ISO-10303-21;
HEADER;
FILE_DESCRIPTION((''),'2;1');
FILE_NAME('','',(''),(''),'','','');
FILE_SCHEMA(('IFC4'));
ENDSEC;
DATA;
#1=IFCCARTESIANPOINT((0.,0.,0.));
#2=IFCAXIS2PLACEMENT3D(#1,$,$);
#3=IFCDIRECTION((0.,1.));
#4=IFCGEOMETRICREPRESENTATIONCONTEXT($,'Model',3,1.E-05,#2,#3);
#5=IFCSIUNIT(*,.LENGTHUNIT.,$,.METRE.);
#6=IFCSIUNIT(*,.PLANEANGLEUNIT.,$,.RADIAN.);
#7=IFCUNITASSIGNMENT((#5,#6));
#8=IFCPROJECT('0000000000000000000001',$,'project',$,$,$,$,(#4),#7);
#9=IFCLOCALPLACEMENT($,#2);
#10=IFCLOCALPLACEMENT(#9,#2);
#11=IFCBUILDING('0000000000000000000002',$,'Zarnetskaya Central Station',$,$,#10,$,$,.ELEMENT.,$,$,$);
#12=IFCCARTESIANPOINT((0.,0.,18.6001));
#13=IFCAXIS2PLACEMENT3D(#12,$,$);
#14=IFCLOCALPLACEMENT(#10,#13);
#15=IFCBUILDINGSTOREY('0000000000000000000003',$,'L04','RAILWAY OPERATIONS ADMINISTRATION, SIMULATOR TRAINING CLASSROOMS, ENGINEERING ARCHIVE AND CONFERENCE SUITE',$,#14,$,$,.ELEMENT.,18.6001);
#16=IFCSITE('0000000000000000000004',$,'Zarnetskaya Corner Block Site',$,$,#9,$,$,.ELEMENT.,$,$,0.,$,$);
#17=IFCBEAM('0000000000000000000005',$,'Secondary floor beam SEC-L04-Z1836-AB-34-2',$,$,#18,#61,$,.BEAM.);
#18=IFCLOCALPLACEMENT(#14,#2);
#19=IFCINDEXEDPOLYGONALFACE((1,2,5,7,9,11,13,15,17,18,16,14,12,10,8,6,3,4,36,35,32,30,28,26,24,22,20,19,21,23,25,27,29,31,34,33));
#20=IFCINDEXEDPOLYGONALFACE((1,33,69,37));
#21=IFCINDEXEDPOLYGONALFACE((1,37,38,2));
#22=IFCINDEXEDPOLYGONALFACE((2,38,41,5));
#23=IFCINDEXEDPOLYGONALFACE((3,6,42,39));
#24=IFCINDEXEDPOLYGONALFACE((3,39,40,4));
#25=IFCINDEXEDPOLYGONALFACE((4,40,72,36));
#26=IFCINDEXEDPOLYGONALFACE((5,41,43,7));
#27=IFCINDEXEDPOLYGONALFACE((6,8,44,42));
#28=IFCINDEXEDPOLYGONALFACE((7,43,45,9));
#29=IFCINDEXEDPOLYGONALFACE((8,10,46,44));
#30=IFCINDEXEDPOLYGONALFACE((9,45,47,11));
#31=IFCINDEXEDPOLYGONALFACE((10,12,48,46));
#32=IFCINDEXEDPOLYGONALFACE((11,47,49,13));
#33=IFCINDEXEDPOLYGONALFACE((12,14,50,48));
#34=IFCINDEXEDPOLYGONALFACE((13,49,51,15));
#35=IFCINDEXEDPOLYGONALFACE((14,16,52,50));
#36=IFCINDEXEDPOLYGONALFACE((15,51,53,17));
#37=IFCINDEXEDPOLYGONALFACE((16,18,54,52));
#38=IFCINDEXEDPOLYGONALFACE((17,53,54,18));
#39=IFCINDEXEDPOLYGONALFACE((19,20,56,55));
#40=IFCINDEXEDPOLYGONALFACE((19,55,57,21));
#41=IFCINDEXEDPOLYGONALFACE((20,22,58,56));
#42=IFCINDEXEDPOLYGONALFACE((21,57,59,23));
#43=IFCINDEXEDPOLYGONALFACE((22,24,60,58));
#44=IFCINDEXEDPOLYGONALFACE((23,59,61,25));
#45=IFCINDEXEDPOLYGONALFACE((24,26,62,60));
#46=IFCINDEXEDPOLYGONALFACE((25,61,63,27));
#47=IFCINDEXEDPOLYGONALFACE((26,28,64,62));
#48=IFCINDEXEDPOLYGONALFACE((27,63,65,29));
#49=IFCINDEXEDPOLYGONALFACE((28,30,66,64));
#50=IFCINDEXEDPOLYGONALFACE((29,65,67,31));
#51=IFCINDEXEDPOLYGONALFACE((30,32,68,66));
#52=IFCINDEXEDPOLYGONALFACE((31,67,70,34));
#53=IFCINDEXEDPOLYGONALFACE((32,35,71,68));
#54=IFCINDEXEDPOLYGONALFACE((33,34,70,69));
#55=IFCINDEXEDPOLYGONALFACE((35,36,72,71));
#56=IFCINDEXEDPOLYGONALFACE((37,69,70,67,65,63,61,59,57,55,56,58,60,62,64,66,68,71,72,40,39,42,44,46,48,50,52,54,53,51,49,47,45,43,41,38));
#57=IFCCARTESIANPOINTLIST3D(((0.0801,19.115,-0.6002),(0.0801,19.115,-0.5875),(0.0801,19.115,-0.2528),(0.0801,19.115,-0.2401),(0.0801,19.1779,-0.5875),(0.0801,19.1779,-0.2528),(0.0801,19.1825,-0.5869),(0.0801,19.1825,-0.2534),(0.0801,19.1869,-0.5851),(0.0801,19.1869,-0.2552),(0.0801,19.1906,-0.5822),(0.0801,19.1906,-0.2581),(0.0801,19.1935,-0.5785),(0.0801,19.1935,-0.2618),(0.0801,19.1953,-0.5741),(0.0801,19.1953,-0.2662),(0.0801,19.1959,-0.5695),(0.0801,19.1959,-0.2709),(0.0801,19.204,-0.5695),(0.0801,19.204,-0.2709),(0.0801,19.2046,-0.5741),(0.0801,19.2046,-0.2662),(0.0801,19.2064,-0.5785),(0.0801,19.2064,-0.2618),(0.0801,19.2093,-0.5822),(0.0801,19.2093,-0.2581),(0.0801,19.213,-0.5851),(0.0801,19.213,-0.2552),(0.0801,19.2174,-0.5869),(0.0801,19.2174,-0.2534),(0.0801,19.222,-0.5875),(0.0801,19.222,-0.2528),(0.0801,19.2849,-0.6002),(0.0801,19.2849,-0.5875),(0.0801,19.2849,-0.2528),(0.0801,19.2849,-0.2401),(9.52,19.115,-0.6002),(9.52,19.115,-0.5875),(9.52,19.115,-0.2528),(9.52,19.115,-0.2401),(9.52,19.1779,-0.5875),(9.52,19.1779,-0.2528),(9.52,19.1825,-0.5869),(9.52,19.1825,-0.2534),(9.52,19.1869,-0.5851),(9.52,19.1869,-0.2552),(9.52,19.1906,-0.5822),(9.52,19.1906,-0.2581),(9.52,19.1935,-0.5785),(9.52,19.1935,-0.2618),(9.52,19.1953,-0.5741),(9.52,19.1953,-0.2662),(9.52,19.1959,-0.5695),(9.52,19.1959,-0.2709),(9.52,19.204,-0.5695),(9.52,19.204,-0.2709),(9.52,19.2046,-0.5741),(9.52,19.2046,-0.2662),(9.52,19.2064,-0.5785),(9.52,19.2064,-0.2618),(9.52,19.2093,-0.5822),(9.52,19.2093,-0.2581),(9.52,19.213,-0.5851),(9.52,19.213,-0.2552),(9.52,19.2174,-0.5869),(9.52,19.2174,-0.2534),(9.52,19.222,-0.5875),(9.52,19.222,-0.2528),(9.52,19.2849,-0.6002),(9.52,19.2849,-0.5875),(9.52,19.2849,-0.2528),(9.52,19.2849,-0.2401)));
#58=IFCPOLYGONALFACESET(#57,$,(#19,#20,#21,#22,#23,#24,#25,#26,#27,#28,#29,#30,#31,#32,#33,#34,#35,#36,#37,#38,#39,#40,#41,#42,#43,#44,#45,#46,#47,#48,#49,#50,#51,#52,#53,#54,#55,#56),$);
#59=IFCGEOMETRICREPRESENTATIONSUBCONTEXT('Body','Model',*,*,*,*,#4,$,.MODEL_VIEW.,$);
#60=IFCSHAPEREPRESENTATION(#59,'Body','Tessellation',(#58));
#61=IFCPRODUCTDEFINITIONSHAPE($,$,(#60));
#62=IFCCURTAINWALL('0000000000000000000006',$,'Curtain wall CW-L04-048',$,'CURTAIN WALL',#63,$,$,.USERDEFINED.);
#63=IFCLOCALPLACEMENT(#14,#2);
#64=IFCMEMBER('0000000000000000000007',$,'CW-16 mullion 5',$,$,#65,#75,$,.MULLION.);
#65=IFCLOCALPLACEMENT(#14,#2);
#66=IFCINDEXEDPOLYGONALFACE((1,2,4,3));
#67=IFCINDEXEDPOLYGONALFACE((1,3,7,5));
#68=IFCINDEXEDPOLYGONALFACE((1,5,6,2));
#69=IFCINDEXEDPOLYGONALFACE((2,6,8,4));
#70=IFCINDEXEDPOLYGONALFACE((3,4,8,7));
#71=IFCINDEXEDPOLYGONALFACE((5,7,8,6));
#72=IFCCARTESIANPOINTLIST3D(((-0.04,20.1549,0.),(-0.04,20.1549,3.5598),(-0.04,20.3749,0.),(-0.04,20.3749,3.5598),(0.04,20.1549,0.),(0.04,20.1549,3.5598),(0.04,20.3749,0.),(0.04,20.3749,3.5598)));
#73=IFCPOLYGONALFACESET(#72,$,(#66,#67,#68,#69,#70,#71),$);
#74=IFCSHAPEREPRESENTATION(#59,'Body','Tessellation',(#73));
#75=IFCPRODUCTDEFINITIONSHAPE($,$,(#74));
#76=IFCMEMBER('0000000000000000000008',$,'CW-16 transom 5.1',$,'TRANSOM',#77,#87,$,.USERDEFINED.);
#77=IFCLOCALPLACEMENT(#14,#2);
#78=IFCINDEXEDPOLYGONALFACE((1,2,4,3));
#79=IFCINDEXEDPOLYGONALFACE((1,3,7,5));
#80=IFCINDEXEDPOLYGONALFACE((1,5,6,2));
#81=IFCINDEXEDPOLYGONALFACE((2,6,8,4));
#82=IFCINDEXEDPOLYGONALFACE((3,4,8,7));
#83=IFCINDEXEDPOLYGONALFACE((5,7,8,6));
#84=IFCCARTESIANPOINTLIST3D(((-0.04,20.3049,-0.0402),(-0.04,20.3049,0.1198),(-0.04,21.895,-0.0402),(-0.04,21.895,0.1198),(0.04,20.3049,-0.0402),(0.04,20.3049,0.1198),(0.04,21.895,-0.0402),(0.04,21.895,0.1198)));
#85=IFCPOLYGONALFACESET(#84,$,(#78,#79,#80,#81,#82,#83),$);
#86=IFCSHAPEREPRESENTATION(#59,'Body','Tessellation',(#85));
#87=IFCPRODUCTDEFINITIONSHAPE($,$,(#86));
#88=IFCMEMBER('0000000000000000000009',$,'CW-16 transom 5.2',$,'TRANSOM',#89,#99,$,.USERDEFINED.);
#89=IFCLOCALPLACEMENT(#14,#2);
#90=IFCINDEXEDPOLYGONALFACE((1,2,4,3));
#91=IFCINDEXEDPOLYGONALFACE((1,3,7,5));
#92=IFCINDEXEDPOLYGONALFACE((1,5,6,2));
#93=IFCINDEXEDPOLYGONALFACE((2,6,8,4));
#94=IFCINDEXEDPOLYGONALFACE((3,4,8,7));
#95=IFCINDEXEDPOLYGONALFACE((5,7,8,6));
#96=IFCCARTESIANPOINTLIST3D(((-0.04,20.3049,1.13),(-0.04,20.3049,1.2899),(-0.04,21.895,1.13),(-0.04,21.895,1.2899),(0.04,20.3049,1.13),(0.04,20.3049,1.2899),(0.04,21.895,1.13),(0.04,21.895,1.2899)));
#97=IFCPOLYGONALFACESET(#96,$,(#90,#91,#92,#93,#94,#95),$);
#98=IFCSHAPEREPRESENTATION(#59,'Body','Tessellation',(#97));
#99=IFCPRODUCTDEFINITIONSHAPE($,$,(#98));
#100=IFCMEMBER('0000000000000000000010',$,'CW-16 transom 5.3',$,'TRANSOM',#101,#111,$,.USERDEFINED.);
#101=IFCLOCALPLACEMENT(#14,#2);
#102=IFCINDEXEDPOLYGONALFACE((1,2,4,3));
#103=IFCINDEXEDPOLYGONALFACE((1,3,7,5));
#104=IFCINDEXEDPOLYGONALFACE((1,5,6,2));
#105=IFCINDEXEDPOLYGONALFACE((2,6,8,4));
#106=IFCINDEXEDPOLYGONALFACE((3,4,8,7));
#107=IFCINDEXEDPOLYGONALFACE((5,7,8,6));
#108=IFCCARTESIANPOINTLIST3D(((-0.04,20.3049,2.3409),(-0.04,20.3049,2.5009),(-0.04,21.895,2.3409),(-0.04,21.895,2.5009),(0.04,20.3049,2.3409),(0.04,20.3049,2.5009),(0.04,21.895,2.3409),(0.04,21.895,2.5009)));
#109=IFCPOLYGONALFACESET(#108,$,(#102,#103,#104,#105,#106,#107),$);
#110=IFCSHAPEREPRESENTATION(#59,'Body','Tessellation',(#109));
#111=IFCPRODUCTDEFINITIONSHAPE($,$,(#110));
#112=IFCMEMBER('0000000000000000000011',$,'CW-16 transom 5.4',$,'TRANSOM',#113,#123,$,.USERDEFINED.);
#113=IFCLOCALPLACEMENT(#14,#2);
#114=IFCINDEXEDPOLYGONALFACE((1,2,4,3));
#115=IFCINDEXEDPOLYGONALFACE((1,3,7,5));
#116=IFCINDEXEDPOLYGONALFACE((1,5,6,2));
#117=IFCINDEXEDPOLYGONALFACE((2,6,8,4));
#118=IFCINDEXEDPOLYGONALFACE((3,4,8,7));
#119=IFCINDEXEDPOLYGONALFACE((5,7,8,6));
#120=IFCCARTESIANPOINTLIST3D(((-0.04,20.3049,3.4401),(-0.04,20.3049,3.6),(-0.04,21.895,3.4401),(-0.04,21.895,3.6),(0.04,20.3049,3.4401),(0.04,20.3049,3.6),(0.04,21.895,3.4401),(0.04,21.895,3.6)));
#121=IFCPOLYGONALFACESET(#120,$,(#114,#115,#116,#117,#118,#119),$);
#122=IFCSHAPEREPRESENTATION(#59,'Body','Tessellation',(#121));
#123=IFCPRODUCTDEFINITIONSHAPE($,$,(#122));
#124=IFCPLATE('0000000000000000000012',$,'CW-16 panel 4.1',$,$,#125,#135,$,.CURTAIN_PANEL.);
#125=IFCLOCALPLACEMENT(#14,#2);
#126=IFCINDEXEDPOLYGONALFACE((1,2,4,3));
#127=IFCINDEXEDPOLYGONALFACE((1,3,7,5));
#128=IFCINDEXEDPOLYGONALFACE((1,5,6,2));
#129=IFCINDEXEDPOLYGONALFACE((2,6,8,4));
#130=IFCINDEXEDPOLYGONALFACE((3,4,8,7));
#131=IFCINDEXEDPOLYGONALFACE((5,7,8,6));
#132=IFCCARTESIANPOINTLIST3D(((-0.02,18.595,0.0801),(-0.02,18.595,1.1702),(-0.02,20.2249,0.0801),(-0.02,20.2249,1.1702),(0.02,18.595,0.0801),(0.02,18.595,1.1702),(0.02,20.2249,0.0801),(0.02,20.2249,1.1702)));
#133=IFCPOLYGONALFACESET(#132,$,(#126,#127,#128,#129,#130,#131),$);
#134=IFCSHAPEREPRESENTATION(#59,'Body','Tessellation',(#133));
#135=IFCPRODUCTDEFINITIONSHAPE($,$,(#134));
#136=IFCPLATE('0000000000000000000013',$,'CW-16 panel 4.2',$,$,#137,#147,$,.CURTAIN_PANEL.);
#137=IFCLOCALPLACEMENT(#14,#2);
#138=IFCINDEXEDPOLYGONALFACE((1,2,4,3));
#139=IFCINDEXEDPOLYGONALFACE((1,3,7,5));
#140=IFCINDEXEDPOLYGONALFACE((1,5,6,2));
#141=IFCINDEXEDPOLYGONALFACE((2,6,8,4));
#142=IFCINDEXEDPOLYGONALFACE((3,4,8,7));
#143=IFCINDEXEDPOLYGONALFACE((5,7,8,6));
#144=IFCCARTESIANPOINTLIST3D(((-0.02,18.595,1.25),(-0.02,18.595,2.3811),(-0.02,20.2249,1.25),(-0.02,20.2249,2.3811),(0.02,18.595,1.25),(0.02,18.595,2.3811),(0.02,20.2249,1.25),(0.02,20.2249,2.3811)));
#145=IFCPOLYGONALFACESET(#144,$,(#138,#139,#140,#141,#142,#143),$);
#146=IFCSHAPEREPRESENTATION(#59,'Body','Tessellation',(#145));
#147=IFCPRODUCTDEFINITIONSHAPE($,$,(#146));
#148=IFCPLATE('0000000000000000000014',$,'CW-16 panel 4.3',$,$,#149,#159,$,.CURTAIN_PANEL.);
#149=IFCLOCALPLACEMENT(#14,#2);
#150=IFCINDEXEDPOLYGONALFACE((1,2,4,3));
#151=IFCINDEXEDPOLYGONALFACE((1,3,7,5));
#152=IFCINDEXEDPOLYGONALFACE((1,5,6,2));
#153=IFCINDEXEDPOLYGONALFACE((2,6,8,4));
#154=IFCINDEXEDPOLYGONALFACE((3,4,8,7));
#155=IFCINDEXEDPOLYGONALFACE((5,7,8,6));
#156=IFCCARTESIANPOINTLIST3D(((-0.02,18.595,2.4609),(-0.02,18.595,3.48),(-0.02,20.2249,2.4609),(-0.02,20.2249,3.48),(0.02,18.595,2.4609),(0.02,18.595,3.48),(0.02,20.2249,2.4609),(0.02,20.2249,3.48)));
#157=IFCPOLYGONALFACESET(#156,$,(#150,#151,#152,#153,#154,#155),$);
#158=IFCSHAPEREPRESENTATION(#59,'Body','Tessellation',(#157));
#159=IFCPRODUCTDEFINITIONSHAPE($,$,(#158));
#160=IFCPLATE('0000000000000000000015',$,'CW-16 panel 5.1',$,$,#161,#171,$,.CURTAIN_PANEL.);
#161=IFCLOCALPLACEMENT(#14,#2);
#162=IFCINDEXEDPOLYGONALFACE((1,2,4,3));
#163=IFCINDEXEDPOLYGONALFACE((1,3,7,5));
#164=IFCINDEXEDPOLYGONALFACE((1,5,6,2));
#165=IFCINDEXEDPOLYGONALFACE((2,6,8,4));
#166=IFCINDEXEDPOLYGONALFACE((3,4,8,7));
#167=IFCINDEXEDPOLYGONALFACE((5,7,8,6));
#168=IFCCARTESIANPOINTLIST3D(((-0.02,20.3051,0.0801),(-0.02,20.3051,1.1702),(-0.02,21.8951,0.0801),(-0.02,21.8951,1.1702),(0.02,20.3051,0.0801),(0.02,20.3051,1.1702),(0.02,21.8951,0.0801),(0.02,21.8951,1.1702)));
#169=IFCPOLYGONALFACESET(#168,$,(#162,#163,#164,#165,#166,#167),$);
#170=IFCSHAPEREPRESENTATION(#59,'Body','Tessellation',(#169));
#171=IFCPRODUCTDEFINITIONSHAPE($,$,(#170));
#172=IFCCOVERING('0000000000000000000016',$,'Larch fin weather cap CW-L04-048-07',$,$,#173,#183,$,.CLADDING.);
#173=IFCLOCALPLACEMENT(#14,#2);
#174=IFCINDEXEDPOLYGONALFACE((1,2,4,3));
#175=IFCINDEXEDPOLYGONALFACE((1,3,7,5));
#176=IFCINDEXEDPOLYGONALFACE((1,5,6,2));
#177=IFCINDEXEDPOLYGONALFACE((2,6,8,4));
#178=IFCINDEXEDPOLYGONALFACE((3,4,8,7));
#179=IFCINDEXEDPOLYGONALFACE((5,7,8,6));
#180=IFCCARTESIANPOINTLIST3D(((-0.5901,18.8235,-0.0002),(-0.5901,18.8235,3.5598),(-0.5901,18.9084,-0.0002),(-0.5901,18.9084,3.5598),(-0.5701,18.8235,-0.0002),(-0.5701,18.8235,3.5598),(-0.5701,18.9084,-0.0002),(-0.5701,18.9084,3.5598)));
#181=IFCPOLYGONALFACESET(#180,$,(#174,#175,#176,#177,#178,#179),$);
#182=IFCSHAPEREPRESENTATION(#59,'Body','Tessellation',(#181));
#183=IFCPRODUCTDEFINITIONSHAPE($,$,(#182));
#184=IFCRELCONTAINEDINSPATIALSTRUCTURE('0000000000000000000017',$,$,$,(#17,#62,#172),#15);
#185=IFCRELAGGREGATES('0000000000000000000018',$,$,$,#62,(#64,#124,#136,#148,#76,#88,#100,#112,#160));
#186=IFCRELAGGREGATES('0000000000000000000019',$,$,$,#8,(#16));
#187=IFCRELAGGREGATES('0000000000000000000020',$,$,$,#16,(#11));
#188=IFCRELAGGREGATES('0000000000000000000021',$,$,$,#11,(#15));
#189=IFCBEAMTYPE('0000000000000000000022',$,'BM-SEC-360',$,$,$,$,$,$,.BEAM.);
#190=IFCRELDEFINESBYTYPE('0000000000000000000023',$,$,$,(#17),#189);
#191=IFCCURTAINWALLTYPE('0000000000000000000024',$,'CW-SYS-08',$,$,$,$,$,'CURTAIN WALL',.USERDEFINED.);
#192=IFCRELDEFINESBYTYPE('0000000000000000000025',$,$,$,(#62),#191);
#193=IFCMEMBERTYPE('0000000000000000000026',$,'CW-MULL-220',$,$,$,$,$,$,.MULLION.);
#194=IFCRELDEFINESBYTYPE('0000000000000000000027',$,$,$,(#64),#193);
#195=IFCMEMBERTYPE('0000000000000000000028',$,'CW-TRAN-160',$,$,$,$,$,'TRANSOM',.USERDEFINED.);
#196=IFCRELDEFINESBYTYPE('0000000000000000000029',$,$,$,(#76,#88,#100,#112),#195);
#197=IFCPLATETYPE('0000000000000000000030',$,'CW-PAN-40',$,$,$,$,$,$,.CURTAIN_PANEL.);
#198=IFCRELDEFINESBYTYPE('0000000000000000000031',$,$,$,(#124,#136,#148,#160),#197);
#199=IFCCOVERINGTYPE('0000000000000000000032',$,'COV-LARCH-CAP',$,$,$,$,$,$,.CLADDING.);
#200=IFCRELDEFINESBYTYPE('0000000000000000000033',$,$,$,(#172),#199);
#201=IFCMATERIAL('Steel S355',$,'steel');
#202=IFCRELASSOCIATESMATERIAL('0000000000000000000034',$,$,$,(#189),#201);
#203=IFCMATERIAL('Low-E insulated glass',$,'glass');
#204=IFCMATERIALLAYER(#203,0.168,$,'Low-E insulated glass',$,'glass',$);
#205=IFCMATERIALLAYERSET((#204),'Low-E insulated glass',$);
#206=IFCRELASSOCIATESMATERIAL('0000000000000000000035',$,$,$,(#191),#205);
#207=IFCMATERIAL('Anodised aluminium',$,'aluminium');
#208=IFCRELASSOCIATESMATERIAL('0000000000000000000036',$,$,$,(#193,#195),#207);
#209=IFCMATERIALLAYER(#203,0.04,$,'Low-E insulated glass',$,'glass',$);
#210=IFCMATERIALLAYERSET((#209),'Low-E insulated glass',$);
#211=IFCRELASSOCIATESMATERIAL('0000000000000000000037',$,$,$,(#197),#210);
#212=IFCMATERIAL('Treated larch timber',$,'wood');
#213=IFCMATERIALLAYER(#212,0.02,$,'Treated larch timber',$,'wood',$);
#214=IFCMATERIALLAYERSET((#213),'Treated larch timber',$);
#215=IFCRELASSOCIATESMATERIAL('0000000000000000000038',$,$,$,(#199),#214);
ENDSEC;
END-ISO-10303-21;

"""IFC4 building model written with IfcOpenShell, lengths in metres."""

from ifc_helpers import new_model, si_unit, direction, frame, origin, origin_2d, place, context, subcontext, project, spatial, rectangle, i_section, extrude, material, layer, layer_set, material_profile, profile_set, type_object, element, aggregate, save


model = new_model("IFC4")

# Units and contexts
model_context = context("Model", 3, precision=1e-05, world=origin(), true_north=direction((0.0, 1.0)))
body_context = subcontext(model_context, "Body", "Model", "MODEL_VIEW")
ifc_project = project(units=[si_unit("LENGTHUNIT", "METRE"), si_unit("PLANEANGLEUNIT", "RADIAN")], contexts=[model_context])

# Site, building, storey
site_placement = place(None, origin())
site = spatial("IfcSite", under=ifc_project, at=site_placement, Name="Zarnetskaya Corner Block Site", CompositionType="ELEMENT", RefElevation=0.0)
building_placement = place(site_placement, origin())
building = spatial("IfcBuilding", under=site, at=building_placement, Name="Zarnetskaya Central Station", CompositionType="ELEMENT")
storey_placement = place(building_placement, frame((0.0, 0.0, 18.6001)))
storey = spatial("IfcBuildingStorey", under=building, at=storey_placement, Name="L04", Description="RAILWAY OPERATIONS ADMINISTRATION, SIMULATOR TRAINING CLASSROOMS, ENGINEERING ARCHIVE AND CONFERENCE SUITE", CompositionType="ELEMENT", Elevation=18.6001)

# Beam
ifc_material_1 = material(Name="Steel S355", Category="steel")
ifc_material_profile_1 = material_profile(ifc_material_1, i_section(OverallWidth=0.1699, OverallDepth=0.3601, WebThickness=0.0081, FlangeThickness=0.0127, FilletRadius=0.0181, at=origin_2d()), Name="IPE 360")
ifc_profile_set_1 = profile_set([ifc_material_profile_1], Name="Steel S355")
beam_type = type_object("IfcBeamType", Name="BM-SEC-360", PredefinedType="BEAM", material=ifc_profile_set_1)
beam_placement = place(storey_placement, frame((0.0801, 19.2, -0.4202), z_axis=(1.0, 0.0, 0.0), x_axis=(0.0, 1.0, 0.0)))
element("IfcBeam", 1, at=beam_placement, inside=storey, type_object=beam_type, Name="Secondary floor beam SEC-L04-Z1836-AB-34-2", PredefinedType="BEAM", context=body_context, shape_type="SweptSolid", body=[
    extrude(i_section(OverallWidth=0.1699, OverallDepth=0.3601, WebThickness=0.0081, FlangeThickness=0.0127, FilletRadius=0.0181, at=origin_2d()), origin(), (0.0, 0.0, 1.0), 9.4399),
])

# Curtain wall, members, plates
ifc_material_2 = material(Name="Low-E insulated glass", Category="glass")
ifc_layer_1 = layer(ifc_material_2, 0.168, Name="Low-E insulated glass", Category="glass")
ifc_layer_set_1 = layer_set([ifc_layer_1], Name="Low-E insulated glass")
curtain_wall_type = type_object("IfcCurtainWallType", Name="CW-SYS-08", ElementType="CURTAIN WALL", PredefinedType="USERDEFINED", material=ifc_layer_set_1)
curtain_wall_placement = place(storey_placement, origin())
curtain_wall = element("IfcCurtainWall", 2, at=curtain_wall_placement, inside=storey, type_object=curtain_wall_type, Name="Curtain wall CW-L04-048", ObjectType="CURTAIN WALL", PredefinedType="USERDEFINED")
ifc_material_3 = material(Name="Anodised aluminium", Category="aluminium")
ifc_material_profile_2 = material_profile(ifc_material_3, rectangle(XDim=0.0801, YDim=0.22, at=origin_2d()), Name="ALU MULL 80x220")
ifc_profile_set_2 = profile_set([ifc_material_profile_2], Name="Anodised aluminium")
member_type_1 = type_object("IfcMemberType", Name="CW-MULL-220", PredefinedType="MULLION", material=ifc_profile_set_2)
member_1_placement = place(storey_placement, frame((0.0, 20.2649, 0.0), z_axis=(0.0, 0.0, 1.0), x_axis=(-1.0, 0.0, 0.0)))
member_1 = element("IfcMember", 3, at=member_1_placement, type_object=member_type_1, Name="CW-16 mullion 5", PredefinedType="MULLION", context=body_context, shape_type="SweptSolid", body=[
    extrude(rectangle(XDim=0.0801, YDim=0.22, at=origin_2d()), origin(), (0.0, 0.0, 1.0), 3.5598),
])
ifc_material_profile_3 = material_profile(ifc_material_3, rectangle(XDim=0.0801, YDim=0.1599, at=origin_2d()), Name="ALU TRAN 80x160")
ifc_profile_set_3 = profile_set([ifc_material_profile_3], Name="Anodised aluminium")
member_type_2 = type_object("IfcMemberType", Name="CW-TRAN-160", ElementType="TRANSOM", PredefinedType="USERDEFINED", material=ifc_profile_set_3)
member_2_placement = place(storey_placement, frame((0.0, 20.3049, 0.0398), z_axis=(0.0, 1.0, 0.0), x_axis=(-1.0, 0.0, 0.0)))
member_2 = element("IfcMember", 4, at=member_2_placement, type_object=member_type_2, Name="CW-16 transom 5.1", ObjectType="TRANSOM", PredefinedType="USERDEFINED", context=body_context, shape_type="SweptSolid", body=[
    extrude(rectangle(XDim=0.0801, YDim=0.1599, at=origin_2d()), origin(), (0.0, 0.0, 1.0), 1.5901),
])
member_3_placement = place(storey_placement, frame((0.0, 20.3049, 1.21), z_axis=(0.0, 1.0, 0.0), x_axis=(-1.0, 0.0, 0.0)))
member_3 = element("IfcMember", 5, at=member_3_placement, type_object=member_type_2, Name="CW-16 transom 5.2", ObjectType="TRANSOM", PredefinedType="USERDEFINED", context=body_context, shape_type="SweptSolid", body=[
    extrude(rectangle(XDim=0.0801, YDim=0.1599, at=origin_2d()), origin(), (0.0, 0.0, 1.0), 1.5901),
])
member_4_placement = place(storey_placement, frame((0.0, 20.3049, 2.4209), z_axis=(0.0, 1.0, 0.0), x_axis=(-1.0, 0.0, 0.0)))
member_4 = element("IfcMember", 6, at=member_4_placement, type_object=member_type_2, Name="CW-16 transom 5.3", ObjectType="TRANSOM", PredefinedType="USERDEFINED", context=body_context, shape_type="SweptSolid", body=[
    extrude(rectangle(XDim=0.0801, YDim=0.1599, at=origin_2d()), origin(), (0.0, 0.0, 1.0), 1.5901),
])
member_5_placement = place(storey_placement, frame((0.0, 20.3049, 3.52), z_axis=(0.0, 1.0, 0.0), x_axis=(-1.0, 0.0, 0.0)))
member_5 = element("IfcMember", 7, at=member_5_placement, type_object=member_type_2, Name="CW-16 transom 5.4", ObjectType="TRANSOM", PredefinedType="USERDEFINED", context=body_context, shape_type="SweptSolid", body=[
    extrude(rectangle(XDim=0.0801, YDim=0.1599, at=origin_2d()), origin(), (0.0, 0.0, 1.0), 1.5901),
])
ifc_layer_2 = layer(ifc_material_2, 0.04, Name="Low-E insulated glass", Category="glass")
ifc_layer_set_2 = layer_set([ifc_layer_2], Name="Low-E insulated glass")
plate_type = type_object("IfcPlateType", Name="CW-PAN-40", PredefinedType="CURTAIN_PANEL", material=ifc_layer_set_2)
plate_1_placement = place(storey_placement, frame((0.0, 19.4099, 0.0801), z_axis=(0.0, 0.0, 1.0), x_axis=(0.0, 1.0, 0.0)))
plate_1 = element("IfcPlate", 8, at=plate_1_placement, type_object=plate_type, Name="CW-16 panel 4.1", PredefinedType="CURTAIN_PANEL", context=body_context, shape_type="SweptSolid", body=[
    extrude(rectangle(XDim=1.6299, YDim=0.04, at=origin_2d()), origin(), (0.0, 0.0, 1.0), 1.0901),
])
plate_2_placement = place(storey_placement, frame((0.0, 19.4099, 1.25), z_axis=(0.0, 0.0, 1.0), x_axis=(0.0, 1.0, 0.0)))
plate_2 = element("IfcPlate", 9, at=plate_2_placement, type_object=plate_type, Name="CW-16 panel 4.2", PredefinedType="CURTAIN_PANEL", context=body_context, shape_type="SweptSolid", body=[
    extrude(rectangle(XDim=1.6299, YDim=0.04, at=origin_2d()), origin(), (0.0, 0.0, 1.0), 1.1311),
])
plate_3_placement = place(storey_placement, frame((0.0, 19.4099, 2.4609), z_axis=(0.0, 0.0, 1.0), x_axis=(0.0, 1.0, 0.0)))
plate_3 = element("IfcPlate", 10, at=plate_3_placement, type_object=plate_type, Name="CW-16 panel 4.3", PredefinedType="CURTAIN_PANEL", context=body_context, shape_type="SweptSolid", body=[
    extrude(rectangle(XDim=1.6299, YDim=0.04, at=origin_2d()), origin(), (0.0, 0.0, 1.0), 1.019),
])
plate_4_placement = place(storey_placement, frame((0.0, 21.1001, 0.0801), z_axis=(0.0, 0.0, 1.0), x_axis=(0.0, 1.0, 0.0)))
plate_4 = element("IfcPlate", 11, at=plate_4_placement, type_object=plate_type, Name="CW-16 panel 5.1", PredefinedType="CURTAIN_PANEL", context=body_context, shape_type="SweptSolid", body=[
    extrude(rectangle(XDim=1.5901, YDim=0.04, at=origin_2d()), origin(), (0.0, 0.0, 1.0), 1.0901),
])
aggregate(curtain_wall, [member_1, plate_1, plate_2, plate_3, member_2, member_3, member_4, member_5, plate_4])

# Covering
ifc_material_4 = material(Name="Treated larch timber", Category="wood")
ifc_layer_3 = layer(ifc_material_4, 0.02, Name="Treated larch timber", Category="wood")
ifc_layer_set_3 = layer_set([ifc_layer_3], Name="Treated larch timber")
covering_type = type_object("IfcCoveringType", Name="COV-LARCH-CAP", PredefinedType="CLADDING", material=ifc_layer_set_3)
for number, where, z_axis, x_axis, name in (
    (12, (-0.5801, 18.866, -0.0002), (0.0, 0.0, 1.0), (0.0, 1.0, 0.0), "Larch fin weather cap CW-L04-048-07"),
):
    element("IfcCovering", number, at=place(storey_placement, frame(where, z_axis=z_axis, x_axis=x_axis)), inside=storey, type_object=covering_type, Name=name, PredefinedType="CLADDING", context=body_context, shape_type="SweptSolid", body=[
        extrude(rectangle(XDim=0.085, YDim=0.02, at=origin_2d()), origin(), (0.0, 0.0, 1.0), 3.5601),
    ])

save(model, "model.ifc")
